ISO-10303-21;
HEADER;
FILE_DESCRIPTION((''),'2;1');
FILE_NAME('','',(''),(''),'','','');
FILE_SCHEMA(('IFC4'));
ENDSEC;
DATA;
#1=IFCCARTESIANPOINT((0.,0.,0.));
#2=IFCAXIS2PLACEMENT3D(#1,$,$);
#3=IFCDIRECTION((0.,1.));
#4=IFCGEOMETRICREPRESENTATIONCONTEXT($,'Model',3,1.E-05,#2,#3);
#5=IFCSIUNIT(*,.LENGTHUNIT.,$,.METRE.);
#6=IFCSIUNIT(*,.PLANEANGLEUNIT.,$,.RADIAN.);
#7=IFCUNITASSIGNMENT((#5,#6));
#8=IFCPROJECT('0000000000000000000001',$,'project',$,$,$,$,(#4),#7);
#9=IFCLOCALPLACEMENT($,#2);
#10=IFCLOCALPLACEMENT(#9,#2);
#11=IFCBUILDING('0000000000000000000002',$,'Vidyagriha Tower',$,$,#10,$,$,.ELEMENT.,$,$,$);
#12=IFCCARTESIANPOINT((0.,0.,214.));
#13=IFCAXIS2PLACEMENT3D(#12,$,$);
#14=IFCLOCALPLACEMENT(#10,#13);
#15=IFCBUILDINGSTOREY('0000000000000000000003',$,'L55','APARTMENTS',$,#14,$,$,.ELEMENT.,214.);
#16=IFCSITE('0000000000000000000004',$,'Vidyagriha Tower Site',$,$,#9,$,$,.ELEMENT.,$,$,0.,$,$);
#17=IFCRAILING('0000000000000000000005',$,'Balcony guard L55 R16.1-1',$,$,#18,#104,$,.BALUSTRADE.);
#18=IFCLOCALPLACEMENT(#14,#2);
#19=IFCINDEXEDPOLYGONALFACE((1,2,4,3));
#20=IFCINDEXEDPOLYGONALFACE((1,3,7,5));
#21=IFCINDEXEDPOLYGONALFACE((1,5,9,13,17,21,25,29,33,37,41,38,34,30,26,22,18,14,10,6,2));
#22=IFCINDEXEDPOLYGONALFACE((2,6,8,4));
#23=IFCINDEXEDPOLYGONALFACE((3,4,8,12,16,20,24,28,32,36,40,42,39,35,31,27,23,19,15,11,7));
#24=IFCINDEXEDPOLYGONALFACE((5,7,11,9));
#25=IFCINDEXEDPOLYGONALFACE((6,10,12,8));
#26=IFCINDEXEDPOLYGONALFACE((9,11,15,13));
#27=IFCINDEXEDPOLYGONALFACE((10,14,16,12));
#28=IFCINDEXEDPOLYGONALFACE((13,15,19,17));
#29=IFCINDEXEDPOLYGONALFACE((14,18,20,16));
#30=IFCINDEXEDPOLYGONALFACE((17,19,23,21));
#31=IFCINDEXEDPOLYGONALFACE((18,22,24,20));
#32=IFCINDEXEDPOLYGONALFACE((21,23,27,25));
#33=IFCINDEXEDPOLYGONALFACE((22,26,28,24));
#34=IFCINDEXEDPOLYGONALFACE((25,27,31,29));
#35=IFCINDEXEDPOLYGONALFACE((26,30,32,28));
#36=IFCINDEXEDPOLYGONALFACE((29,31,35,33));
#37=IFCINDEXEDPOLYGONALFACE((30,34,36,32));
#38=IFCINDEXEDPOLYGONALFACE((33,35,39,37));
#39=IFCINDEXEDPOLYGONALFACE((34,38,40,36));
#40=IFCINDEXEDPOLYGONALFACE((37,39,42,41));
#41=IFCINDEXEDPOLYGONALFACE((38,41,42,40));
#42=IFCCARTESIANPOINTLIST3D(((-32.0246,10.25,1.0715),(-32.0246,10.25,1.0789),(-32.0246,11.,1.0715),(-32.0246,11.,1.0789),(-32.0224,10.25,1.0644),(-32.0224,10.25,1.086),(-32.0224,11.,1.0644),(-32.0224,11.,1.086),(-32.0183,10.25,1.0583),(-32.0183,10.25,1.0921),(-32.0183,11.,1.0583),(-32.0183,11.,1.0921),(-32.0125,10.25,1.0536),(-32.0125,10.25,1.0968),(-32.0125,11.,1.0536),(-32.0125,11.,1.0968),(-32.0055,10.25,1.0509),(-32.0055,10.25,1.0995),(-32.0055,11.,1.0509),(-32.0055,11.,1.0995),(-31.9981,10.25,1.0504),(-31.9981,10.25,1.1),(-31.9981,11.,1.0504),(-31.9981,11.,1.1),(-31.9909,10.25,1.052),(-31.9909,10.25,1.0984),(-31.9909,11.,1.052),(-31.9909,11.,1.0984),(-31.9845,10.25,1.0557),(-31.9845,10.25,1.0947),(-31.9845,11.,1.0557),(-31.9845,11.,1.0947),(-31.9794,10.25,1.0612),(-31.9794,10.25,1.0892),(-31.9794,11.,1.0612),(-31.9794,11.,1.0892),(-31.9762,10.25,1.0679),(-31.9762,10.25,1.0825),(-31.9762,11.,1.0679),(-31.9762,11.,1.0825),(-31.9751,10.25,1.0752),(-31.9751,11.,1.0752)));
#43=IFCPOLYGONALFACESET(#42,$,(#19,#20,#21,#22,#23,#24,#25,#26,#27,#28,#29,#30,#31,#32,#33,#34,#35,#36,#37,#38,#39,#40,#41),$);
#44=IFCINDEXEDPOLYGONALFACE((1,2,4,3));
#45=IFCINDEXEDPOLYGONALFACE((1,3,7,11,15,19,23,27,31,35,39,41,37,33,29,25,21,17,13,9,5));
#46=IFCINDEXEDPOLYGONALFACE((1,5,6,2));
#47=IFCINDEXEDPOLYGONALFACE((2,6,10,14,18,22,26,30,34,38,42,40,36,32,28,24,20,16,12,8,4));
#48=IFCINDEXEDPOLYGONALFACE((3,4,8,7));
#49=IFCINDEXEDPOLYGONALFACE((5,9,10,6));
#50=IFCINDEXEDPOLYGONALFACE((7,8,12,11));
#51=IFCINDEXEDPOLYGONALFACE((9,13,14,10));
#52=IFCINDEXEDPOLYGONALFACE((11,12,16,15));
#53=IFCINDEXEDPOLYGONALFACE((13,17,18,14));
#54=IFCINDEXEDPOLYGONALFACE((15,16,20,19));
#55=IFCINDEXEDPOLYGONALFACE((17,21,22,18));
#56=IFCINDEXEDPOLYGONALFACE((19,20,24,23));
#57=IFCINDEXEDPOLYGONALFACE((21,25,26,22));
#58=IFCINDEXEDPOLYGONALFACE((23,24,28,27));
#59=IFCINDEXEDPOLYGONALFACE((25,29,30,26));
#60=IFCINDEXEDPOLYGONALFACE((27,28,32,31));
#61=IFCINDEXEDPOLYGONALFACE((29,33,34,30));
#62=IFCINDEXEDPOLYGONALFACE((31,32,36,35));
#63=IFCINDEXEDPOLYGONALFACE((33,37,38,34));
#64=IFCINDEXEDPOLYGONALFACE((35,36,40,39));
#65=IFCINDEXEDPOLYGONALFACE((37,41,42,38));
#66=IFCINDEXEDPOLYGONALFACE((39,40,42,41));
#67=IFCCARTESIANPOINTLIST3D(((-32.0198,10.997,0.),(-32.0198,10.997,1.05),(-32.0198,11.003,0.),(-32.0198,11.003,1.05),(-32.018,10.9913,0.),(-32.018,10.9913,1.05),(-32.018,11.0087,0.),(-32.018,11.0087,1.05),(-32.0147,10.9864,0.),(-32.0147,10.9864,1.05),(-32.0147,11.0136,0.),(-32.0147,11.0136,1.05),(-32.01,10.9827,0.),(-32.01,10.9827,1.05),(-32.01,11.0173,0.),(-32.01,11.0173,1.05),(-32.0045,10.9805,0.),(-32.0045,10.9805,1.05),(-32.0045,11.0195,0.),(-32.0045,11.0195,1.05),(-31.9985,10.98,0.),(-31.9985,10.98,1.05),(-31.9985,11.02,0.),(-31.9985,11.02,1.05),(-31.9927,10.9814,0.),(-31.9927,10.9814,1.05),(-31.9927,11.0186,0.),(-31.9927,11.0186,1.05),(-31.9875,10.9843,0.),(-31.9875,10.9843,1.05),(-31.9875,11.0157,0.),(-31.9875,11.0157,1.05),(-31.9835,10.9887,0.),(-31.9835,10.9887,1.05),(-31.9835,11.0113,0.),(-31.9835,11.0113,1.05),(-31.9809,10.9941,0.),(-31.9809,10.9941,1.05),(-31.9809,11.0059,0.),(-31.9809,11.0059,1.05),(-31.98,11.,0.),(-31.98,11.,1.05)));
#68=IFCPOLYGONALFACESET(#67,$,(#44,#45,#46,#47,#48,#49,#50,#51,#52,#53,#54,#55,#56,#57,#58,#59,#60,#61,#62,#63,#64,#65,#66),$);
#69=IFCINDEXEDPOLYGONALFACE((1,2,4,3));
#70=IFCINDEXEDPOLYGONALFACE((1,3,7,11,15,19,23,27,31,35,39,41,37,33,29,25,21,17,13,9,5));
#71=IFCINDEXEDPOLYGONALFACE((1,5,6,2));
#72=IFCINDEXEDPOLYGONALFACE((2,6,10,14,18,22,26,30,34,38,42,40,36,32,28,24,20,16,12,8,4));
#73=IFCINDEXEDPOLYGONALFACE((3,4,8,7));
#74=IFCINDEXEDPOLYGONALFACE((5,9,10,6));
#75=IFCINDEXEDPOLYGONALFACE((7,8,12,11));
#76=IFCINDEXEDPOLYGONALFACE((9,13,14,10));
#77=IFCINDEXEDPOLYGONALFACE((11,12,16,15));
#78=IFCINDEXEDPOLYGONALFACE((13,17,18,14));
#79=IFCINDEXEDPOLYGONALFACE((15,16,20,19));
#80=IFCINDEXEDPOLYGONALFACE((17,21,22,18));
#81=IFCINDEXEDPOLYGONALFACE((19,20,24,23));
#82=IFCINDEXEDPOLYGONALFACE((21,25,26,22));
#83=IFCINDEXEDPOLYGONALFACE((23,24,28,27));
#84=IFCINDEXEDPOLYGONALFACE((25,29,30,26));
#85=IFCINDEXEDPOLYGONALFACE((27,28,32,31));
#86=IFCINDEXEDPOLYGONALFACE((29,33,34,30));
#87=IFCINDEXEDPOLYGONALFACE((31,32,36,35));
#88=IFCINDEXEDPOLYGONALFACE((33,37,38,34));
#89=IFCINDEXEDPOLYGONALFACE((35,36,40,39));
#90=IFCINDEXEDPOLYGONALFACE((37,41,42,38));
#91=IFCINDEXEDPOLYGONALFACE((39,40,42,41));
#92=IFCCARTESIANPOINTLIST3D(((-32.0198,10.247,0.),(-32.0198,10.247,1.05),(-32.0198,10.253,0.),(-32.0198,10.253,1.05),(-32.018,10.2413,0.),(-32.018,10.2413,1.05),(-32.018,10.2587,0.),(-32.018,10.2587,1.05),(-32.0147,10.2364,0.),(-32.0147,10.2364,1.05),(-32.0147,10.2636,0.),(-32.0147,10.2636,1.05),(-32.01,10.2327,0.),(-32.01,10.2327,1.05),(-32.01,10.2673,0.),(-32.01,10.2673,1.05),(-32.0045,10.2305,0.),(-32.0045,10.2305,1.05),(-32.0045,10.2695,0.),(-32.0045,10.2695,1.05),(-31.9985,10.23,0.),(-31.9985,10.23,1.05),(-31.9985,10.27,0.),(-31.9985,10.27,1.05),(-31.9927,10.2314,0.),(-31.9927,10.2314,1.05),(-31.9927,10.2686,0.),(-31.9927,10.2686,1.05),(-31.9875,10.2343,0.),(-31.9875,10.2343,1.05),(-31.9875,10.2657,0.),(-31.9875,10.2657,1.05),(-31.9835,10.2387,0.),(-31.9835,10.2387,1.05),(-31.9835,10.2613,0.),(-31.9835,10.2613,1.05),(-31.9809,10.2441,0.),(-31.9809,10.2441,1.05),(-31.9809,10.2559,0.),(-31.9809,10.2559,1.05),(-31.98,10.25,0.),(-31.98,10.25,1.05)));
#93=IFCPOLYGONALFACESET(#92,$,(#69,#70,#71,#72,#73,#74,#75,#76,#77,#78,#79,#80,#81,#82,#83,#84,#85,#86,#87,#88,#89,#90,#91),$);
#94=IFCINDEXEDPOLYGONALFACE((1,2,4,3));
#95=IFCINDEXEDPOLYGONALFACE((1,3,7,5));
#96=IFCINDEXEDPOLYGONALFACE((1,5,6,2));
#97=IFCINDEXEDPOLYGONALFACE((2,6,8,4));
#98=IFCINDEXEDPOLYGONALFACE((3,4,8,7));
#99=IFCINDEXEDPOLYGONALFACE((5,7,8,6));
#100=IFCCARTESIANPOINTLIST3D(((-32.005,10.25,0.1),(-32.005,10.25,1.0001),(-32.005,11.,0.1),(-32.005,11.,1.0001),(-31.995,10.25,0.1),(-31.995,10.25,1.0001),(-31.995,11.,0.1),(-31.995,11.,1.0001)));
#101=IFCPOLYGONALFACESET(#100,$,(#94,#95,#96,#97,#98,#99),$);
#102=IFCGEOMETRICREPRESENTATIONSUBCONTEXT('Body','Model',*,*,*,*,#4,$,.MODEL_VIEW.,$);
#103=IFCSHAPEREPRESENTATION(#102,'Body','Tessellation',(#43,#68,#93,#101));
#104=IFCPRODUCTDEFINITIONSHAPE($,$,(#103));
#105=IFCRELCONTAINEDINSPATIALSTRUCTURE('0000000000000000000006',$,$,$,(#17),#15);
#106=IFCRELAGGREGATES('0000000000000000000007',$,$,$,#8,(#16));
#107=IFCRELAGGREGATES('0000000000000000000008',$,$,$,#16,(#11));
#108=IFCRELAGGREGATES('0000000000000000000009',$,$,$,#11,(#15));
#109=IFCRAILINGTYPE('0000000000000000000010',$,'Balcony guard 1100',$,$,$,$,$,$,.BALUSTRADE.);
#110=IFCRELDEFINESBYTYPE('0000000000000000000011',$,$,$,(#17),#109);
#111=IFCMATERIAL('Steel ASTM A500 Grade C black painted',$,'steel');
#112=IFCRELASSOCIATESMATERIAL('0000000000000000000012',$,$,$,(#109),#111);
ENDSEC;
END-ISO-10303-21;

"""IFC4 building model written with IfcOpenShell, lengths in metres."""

from ifc_helpers import new_model, si_unit, direction, frame, origin, origin_2d, place, context, subcontext, project, spatial, rectangle, circle, extrude, material, type_object, element, save


model = new_model("IFC4")

# Units and contexts
model_context = context("Model", 3, precision=1e-05, world=origin(), true_north=direction((0.0, 1.0)))
body_context = subcontext(model_context, "Body", "Model", "MODEL_VIEW")
ifc_project = project(units=[si_unit("LENGTHUNIT", "METRE"), si_unit("PLANEANGLEUNIT", "RADIAN")], contexts=[model_context])

# Site, building, storey
site_placement = place(None, origin())
site = spatial("IfcSite", under=ifc_project, at=site_placement, Name="Vidyagriha Tower Site", CompositionType="ELEMENT", RefElevation=0.0)
building_placement = place(site_placement, origin())
building = spatial("IfcBuilding", under=site, at=building_placement, Name="Vidyagriha Tower", CompositionType="ELEMENT")
storey_placement = place(building_placement, frame((0.0, 0.0, 214.0)))
storey = spatial("IfcBuildingStorey", under=building, at=storey_placement, Name="L55", Description="APARTMENTS", CompositionType="ELEMENT", Elevation=214.0)

# Railing
ifc_material_1 = material(Name="Steel ASTM A500 Grade C black painted", Category="steel")
railing_type_1 = type_object("IfcRailingType", Name="Balcony guard 1100", PredefinedType="BALUSTRADE", material=ifc_material_1)
railing_1_placement = place(storey_placement, frame((-32.0, 11.0, 0.0)))
element("IfcRailing", 1, at=railing_1_placement, inside=storey, type_object=railing_type_1, Name="Balcony guard L55 R16.1-1", PredefinedType="BALUSTRADE", context=body_context, shape_type="SweptSolid", body=[
    extrude(circle(Radius=0.0249, at=origin_2d()), frame((0.0, 0.0, 1.0752), z_axis=(0.0, -1.0, 0.0), x_axis=(1.0, 0.0, 0.0)), (0.0, 0.0, 1.0), 0.75),
    extrude(circle(Radius=0.02, at=origin_2d()), origin(), (0.0, 0.0, 1.0), 1.05),
    extrude(circle(Radius=0.02, at=origin_2d()), frame((0.0, -0.75, 0.0)), (0.0, 0.0, 1.0), 1.05),
    extrude(rectangle(XDim=0.01, YDim=0.9001, at=origin_2d()), frame((0.0, 0.0, 0.55), z_axis=(0.0, -1.0, 0.0), x_axis=(1.0, 0.0, 0.0)), (0.0, 0.0, 1.0), 0.75),
])

save(model, "model.ifc")
